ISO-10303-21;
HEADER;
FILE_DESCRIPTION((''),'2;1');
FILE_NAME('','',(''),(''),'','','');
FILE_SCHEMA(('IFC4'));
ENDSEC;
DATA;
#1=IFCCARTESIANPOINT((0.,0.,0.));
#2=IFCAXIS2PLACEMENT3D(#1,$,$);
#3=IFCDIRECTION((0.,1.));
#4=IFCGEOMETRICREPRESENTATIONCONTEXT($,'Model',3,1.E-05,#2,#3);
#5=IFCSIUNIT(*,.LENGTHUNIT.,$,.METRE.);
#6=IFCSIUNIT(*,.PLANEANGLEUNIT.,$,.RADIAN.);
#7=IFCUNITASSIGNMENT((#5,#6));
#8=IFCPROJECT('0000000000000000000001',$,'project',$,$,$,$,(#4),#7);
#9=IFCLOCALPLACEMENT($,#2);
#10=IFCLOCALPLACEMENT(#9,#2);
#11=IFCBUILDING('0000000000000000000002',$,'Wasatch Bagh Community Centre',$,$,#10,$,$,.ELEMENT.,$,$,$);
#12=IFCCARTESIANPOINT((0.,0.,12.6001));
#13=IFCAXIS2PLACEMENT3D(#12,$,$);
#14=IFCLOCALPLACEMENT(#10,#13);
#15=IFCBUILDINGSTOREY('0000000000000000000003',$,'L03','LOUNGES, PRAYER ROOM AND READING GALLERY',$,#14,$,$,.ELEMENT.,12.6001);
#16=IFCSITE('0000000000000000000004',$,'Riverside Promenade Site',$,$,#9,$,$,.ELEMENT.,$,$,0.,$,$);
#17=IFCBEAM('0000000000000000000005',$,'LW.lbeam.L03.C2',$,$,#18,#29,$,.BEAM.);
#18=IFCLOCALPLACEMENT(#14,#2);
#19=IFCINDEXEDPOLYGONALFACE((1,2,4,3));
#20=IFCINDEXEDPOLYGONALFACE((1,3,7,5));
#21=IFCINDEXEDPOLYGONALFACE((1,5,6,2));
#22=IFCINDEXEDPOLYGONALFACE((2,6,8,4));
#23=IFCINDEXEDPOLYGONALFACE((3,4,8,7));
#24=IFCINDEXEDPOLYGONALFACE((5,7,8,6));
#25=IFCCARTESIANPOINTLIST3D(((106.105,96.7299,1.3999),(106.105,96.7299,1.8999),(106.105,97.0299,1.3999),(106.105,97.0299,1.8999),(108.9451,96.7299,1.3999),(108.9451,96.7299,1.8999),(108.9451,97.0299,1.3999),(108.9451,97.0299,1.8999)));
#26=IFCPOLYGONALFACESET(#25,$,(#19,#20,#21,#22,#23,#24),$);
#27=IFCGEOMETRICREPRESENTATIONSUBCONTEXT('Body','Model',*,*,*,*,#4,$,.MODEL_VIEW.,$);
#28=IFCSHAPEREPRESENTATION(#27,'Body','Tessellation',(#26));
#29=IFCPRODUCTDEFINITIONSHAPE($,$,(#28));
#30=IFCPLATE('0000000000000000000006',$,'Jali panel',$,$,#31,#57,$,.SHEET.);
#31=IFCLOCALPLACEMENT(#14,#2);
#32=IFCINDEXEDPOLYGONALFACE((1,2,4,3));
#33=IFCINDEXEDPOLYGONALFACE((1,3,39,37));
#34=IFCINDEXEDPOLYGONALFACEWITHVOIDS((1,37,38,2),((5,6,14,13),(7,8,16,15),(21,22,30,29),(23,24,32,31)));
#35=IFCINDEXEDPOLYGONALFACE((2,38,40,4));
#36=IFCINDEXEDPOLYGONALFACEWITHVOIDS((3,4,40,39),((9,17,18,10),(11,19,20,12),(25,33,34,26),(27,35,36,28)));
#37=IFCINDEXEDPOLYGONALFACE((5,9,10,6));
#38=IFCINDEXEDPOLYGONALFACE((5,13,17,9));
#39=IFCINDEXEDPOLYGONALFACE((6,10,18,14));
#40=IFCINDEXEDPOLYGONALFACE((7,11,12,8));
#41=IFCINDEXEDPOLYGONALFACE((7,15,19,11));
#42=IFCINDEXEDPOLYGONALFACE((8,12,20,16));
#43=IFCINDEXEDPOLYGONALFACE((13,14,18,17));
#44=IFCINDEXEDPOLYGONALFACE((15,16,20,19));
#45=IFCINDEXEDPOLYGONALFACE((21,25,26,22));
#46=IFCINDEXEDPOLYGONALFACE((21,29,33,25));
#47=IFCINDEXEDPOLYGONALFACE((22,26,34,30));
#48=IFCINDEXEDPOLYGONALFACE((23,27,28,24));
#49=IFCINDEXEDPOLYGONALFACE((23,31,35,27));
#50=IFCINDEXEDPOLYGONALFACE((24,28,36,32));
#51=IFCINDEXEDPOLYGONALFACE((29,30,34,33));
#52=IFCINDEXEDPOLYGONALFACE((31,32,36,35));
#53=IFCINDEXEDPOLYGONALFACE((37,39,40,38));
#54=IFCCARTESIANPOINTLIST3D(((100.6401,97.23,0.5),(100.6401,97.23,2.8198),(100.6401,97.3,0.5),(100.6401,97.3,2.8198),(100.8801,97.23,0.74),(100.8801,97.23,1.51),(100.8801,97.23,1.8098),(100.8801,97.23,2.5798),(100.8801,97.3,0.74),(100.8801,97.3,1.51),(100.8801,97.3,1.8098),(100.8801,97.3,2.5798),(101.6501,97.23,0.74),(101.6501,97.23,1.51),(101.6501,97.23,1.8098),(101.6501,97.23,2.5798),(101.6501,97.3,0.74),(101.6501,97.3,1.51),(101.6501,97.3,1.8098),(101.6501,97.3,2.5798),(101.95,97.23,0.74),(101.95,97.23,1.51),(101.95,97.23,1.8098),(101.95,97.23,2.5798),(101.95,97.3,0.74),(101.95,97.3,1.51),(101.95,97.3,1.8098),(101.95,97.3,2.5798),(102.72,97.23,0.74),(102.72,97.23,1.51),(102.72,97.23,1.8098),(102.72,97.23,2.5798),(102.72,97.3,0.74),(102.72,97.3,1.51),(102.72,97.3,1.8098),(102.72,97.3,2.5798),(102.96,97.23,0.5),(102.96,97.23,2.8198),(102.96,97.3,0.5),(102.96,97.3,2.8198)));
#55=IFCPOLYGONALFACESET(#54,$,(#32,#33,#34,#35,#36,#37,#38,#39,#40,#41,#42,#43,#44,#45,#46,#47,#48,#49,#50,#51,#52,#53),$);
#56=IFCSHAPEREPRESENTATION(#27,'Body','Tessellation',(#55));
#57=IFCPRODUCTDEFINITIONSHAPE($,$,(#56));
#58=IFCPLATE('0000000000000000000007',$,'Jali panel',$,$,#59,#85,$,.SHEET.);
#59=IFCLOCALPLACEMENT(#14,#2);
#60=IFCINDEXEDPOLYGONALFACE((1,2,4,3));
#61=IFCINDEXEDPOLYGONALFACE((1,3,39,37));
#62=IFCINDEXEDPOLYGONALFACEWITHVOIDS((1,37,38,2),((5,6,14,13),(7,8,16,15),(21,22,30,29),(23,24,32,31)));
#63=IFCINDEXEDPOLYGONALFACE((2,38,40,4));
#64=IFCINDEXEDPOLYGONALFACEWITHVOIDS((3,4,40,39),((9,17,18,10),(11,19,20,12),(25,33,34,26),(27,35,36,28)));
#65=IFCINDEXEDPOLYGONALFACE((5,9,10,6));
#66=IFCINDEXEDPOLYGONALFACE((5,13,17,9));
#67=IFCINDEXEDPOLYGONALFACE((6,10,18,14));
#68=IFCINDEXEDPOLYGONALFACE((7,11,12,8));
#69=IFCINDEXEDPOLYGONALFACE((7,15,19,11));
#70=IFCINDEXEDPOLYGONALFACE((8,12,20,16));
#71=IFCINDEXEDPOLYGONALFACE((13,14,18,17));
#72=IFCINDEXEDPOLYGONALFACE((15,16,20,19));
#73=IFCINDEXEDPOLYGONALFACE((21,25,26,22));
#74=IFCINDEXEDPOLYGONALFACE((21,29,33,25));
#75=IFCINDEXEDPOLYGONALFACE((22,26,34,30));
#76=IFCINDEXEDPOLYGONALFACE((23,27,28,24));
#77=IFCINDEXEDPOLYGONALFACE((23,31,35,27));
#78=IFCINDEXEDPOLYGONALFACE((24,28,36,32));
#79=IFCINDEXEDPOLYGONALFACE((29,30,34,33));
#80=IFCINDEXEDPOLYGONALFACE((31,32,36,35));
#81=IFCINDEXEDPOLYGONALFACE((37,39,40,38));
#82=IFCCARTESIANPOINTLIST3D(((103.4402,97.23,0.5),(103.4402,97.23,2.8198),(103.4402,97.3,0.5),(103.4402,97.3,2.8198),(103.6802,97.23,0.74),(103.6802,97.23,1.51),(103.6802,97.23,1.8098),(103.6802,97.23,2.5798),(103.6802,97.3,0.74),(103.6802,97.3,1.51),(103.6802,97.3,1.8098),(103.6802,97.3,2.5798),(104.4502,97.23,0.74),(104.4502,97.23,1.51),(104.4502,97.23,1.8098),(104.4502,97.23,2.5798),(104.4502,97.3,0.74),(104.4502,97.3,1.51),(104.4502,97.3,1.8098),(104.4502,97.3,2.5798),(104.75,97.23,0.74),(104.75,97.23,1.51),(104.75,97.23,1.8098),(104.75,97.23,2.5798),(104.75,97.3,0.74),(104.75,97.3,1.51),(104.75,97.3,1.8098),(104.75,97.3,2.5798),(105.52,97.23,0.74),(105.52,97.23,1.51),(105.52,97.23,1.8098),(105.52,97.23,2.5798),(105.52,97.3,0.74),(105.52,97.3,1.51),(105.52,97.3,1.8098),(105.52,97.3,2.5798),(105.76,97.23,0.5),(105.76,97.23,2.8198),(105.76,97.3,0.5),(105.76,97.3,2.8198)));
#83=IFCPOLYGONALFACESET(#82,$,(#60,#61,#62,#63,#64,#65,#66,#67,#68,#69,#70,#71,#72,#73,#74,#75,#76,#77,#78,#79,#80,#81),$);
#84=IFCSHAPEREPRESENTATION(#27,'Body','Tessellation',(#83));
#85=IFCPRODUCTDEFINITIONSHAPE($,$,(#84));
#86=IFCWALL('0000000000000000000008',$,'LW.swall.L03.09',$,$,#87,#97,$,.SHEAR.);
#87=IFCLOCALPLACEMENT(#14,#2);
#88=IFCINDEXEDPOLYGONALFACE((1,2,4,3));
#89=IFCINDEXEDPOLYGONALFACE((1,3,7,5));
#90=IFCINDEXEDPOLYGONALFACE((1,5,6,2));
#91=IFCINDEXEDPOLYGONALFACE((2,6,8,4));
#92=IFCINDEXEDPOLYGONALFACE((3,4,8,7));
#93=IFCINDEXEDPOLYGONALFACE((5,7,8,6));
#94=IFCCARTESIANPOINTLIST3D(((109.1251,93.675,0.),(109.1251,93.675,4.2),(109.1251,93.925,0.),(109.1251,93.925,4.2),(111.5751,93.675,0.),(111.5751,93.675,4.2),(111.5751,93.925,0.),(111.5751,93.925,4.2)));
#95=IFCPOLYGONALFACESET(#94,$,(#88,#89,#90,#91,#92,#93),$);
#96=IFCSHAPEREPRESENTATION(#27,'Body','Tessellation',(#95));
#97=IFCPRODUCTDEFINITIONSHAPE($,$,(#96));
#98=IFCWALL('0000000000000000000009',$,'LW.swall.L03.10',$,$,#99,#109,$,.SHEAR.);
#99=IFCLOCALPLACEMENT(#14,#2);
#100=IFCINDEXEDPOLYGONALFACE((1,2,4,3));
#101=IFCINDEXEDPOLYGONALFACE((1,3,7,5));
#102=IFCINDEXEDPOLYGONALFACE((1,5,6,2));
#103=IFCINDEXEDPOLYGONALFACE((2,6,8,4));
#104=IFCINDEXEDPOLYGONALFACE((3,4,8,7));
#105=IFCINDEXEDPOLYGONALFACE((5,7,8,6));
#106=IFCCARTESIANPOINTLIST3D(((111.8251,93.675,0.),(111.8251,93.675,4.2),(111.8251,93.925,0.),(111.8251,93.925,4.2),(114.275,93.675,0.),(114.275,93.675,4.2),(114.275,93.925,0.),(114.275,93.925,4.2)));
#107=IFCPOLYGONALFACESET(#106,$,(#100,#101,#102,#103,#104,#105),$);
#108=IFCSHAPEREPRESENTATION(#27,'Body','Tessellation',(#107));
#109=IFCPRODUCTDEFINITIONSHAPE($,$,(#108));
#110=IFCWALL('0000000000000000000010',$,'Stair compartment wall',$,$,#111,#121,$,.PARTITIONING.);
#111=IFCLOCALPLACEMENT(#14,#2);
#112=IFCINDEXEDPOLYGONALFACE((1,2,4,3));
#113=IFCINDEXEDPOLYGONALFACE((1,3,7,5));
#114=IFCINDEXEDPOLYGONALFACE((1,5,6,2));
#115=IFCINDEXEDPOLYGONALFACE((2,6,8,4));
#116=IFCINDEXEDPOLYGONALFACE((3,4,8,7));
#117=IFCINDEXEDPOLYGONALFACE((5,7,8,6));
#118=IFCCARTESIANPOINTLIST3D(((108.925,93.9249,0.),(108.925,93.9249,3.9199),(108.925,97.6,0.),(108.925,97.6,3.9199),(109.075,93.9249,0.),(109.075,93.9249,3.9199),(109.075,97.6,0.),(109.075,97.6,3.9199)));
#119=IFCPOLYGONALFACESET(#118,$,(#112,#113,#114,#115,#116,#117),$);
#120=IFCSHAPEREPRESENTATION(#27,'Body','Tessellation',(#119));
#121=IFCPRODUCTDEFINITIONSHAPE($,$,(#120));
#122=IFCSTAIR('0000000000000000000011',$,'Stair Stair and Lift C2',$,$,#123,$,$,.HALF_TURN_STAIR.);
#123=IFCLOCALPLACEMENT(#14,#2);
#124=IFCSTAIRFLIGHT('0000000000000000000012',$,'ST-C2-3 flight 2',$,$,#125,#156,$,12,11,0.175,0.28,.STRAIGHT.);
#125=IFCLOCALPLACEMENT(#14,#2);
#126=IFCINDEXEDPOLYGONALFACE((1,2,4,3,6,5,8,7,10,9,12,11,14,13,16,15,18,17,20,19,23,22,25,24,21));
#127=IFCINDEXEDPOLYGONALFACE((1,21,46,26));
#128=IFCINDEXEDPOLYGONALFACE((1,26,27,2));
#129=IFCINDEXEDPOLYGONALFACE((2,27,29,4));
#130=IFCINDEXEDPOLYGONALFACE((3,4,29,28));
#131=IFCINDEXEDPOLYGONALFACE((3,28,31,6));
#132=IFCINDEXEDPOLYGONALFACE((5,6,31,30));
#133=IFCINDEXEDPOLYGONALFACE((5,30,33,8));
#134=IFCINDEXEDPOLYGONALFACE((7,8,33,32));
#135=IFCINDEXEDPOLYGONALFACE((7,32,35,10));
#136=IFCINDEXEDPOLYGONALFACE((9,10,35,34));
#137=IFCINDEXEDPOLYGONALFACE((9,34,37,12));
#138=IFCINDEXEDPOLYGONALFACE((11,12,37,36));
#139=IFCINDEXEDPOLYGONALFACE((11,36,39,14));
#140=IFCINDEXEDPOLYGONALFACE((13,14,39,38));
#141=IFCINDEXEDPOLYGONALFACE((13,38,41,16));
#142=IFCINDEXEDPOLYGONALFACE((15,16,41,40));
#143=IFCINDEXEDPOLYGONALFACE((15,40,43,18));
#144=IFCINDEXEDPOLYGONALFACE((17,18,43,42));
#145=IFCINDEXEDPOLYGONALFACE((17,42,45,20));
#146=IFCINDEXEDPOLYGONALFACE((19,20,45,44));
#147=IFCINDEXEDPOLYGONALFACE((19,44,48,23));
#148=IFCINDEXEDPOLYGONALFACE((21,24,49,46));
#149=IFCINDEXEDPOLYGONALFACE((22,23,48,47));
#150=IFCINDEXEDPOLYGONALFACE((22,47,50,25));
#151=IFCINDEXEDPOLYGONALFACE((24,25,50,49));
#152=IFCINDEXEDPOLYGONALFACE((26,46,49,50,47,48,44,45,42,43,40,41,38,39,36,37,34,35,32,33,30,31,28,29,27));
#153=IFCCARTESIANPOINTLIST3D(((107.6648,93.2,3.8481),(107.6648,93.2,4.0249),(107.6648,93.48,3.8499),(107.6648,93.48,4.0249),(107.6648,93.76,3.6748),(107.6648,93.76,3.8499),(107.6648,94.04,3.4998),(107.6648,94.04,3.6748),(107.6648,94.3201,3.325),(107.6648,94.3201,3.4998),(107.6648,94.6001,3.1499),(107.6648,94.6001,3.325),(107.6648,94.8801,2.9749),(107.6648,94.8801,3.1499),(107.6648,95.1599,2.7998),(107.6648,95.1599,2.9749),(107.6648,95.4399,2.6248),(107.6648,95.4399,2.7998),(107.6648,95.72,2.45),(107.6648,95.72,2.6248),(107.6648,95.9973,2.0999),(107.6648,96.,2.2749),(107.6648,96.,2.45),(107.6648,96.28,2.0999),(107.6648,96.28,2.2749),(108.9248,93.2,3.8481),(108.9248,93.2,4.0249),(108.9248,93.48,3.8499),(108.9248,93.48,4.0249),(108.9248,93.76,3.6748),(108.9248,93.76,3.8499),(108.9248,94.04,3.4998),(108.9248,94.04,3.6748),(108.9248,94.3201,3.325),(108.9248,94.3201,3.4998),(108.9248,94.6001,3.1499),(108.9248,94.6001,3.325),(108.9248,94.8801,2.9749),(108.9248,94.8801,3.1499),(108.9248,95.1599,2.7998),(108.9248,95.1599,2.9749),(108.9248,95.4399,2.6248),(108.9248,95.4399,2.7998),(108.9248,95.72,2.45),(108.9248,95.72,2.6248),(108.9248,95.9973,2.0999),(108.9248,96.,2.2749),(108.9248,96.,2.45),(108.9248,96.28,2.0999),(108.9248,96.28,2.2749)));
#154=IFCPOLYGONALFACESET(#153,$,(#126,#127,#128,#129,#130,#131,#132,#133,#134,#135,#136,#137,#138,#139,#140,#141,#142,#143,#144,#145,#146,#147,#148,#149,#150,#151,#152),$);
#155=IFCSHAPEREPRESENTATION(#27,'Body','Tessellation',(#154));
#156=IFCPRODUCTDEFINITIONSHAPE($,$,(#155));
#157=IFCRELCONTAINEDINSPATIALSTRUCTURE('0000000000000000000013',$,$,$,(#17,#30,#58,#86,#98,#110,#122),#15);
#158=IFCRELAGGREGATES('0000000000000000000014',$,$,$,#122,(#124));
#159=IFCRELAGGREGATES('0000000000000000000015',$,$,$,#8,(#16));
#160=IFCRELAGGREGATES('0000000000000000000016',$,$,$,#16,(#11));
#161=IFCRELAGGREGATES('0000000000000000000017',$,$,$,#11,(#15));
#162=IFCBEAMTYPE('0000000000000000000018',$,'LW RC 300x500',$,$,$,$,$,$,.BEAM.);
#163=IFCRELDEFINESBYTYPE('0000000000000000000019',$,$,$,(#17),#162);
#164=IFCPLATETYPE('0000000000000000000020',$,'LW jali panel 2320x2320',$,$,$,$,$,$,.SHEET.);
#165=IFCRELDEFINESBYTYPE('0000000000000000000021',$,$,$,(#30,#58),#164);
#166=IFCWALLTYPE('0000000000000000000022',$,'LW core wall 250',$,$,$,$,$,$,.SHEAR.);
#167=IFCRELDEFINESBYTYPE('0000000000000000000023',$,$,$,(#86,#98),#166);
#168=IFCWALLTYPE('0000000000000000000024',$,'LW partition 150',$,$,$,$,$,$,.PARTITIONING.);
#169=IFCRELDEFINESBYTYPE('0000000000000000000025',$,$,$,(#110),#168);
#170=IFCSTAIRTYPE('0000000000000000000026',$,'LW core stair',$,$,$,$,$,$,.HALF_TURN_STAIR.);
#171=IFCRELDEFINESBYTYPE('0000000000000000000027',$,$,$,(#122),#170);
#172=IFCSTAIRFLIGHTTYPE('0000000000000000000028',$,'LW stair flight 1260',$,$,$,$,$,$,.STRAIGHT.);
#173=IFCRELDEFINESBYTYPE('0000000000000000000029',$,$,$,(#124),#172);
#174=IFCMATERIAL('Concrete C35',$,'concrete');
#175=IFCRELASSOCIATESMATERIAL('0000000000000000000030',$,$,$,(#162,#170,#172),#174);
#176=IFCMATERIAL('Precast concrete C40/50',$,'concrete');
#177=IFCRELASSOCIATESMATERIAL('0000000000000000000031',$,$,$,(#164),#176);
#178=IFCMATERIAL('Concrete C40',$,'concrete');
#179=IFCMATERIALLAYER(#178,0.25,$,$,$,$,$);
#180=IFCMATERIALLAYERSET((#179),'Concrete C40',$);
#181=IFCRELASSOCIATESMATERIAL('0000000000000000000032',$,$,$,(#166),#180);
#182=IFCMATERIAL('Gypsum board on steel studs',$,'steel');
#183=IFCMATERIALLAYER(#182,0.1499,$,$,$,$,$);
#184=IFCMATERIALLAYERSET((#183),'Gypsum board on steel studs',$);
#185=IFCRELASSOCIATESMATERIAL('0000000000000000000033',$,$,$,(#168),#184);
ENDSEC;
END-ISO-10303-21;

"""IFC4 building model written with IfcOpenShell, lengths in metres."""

from ifc_helpers import new_model, si_unit, direction, frame, frame_2d, origin, origin_2d, place, context, subcontext, project, spatial, polyline, rectangle, outline, extrude, material, layer, layer_set, material_profile, profile_set, type_object, element, aggregate, save


model = new_model("IFC4")

# Units and contexts
model_context = context("Model", 3, precision=1e-05, world=origin(), true_north=direction((0.0, 1.0)))
body_context = subcontext(model_context, "Body", "Model", "MODEL_VIEW")
ifc_project = project(units=[si_unit("LENGTHUNIT", "METRE"), si_unit("PLANEANGLEUNIT", "RADIAN")], contexts=[model_context])

# Site, building, storey
site_placement = place(None, origin())
site = spatial("IfcSite", under=ifc_project, at=site_placement, Name="Riverside Promenade Site", CompositionType="ELEMENT", RefElevation=0.0)
building_placement = place(site_placement, origin())
building = spatial("IfcBuilding", under=site, at=building_placement, Name="Wasatch Bagh Community Centre", CompositionType="ELEMENT")
storey_placement = place(building_placement, frame((0.0, 0.0, 12.6001)))
storey = spatial("IfcBuildingStorey", under=building, at=storey_placement, Name="L03", Description="LOUNGES, PRAYER ROOM AND READING GALLERY", CompositionType="ELEMENT", Elevation=12.6001)

# Beam
ifc_material_1 = material(Name="Concrete C35", Category="concrete")
ifc_material_profile_1 = material_profile(ifc_material_1, rectangle(XDim=0.3, YDim=0.5, at=origin_2d()), Name="RC 300x500")
ifc_profile_set_1 = profile_set([ifc_material_profile_1], Name="Concrete C35")
beam_type = type_object("IfcBeamType", Name="LW RC 300x500", PredefinedType="BEAM", material=ifc_profile_set_1)
beam_placement = place(storey_placement, frame((106.105, 96.8799, 1.6499), z_axis=(1.0, 0.0, 0.0), x_axis=(0.0, 1.0, 0.0)))
element("IfcBeam", 1, at=beam_placement, inside=storey, type_object=beam_type, Name="LW.lbeam.L03.C2", PredefinedType="BEAM", context=body_context, shape_type="SweptSolid", body=[
    extrude(rectangle(XDim=0.3, YDim=0.5, at=origin_2d()), origin(), (0.0, 0.0, 1.0), 2.8401),
])

# Plates
ifc_material_2 = material(Name="Precast concrete C40/50", Category="concrete")
ifc_material_profile_2 = material_profile(ifc_material_2, outline(polyline([(-1.1599, -1.1599), (1.1599, -1.1599), (1.1599, 1.1599), (-1.1599, 1.1599), (-1.1599, -1.1599)]), holes=[polyline([(-0.9199, -0.9199), (-0.1499, -0.9199), (-0.1499, -0.1499), (-0.9199, -0.1499), (-0.9199, -0.9199)]), polyline([(-0.9199, 0.1499), (-0.1499, 0.1499), (-0.1499, 0.9199), (-0.9199, 0.9199), (-0.9199, 0.1499)]), polyline([(0.1499, -0.9199), (0.9199, -0.9199), (0.9199, -0.1499), (0.1499, -0.1499), (0.1499, -0.9199)]), polyline([(0.1499, 0.1499), (0.9199, 0.1499), (0.9199, 0.9199), (0.1499, 0.9199), (0.1499, 0.1499)])]), Name="Jali lattice")
ifc_profile_set_2 = profile_set([ifc_material_profile_2], Name="Precast concrete C40/50")
plate_type = type_object("IfcPlateType", Name="LW jali panel 2320x2320", PredefinedType="SHEET", material=ifc_profile_set_2)
for number, where, z_axis, x_axis, name in (
    (2, (101.8, 97.3, 1.6599), (0.0, -1.0, 0.0), (1.0, 0.0, 0.0), "Jali panel"),
    (3, (104.6001, 97.3, 1.6599), (0.0, -1.0, 0.0), (1.0, 0.0, 0.0), "Jali panel"),
):
    element("IfcPlate", number, at=place(storey_placement, frame(where, z_axis=z_axis, x_axis=x_axis)), inside=storey, type_object=plate_type, Name=name, PredefinedType="SHEET", context=body_context, shape_type="SweptSolid", body=[
        extrude(outline(polyline([(-1.1599, -1.1599), (1.1599, -1.1599), (1.1599, 1.1599), (-1.1599, 1.1599), (-1.1599, -1.1599)]), holes=[polyline([(-0.9199, -0.9199), (-0.1499, -0.9199), (-0.1499, -0.1499), (-0.9199, -0.1499), (-0.9199, -0.9199)]), polyline([(-0.9199, 0.1499), (-0.1499, 0.1499), (-0.1499, 0.9199), (-0.9199, 0.9199), (-0.9199, 0.1499)]), polyline([(0.1499, -0.9199), (0.9199, -0.9199), (0.9199, -0.1499), (0.1499, -0.1499), (0.1499, -0.9199)]), polyline([(0.1499, 0.1499), (0.9199, 0.1499), (0.9199, 0.9199), (0.1499, 0.9199), (0.1499, 0.1499)])]), origin(), (0.0, 0.0, 1.0), 0.0701),
    ])

# Walls
ifc_material_3 = material(Name="Concrete C40", Category="concrete")
ifc_layer_1 = layer(ifc_material_3, 0.25)
ifc_layer_set_1 = layer_set([ifc_layer_1], Name="Concrete C40")
wall_type_1 = type_object("IfcWallType", Name="LW core wall 250", PredefinedType="SHEAR", material=ifc_layer_set_1)
for number, where, z_axis, x_axis, name in (
    (4, (109.125, 93.8, 0.0), (0.0, 0.0, 1.0), (1.0, 0.0, 0.0), "LW.swall.L03.09"),
    (5, (111.825, 93.8, 0.0), (0.0, 0.0, 1.0), (1.0, 0.0, 0.0), "LW.swall.L03.10"),
):
    element("IfcWall", number, at=place(storey_placement, frame(where, z_axis=z_axis, x_axis=x_axis)), inside=storey, type_object=wall_type_1, Name=name, PredefinedType="SHEAR", context=body_context, shape_type="SweptSolid", body=[
        extrude(rectangle(XDim=2.45, YDim=0.25, at=frame_2d((1.2251, 0.0))), origin(), (0.0, 0.0, 1.0), 4.2),
    ])
ifc_material_4 = material(Name="Gypsum board on steel studs", Category="steel")
ifc_layer_2 = layer(ifc_material_4, 0.1499)
ifc_layer_set_2 = layer_set([ifc_layer_2], Name="Gypsum board on steel studs")
wall_type_2 = type_object("IfcWallType", Name="LW partition 150", PredefinedType="PARTITIONING", material=ifc_layer_set_2)
wall_placement = place(storey_placement, frame((109.0, 93.925, 0.0), z_axis=(0.0, 0.0, 1.0), x_axis=(0.0, 1.0, 0.0)))
element("IfcWall", 6, at=wall_placement, inside=storey, type_object=wall_type_2, Name="Stair compartment wall", PredefinedType="PARTITIONING", context=body_context, shape_type="SweptSolid", body=[
    extrude(rectangle(XDim=3.675, YDim=0.1499, at=frame_2d((1.8374, 0.0))), origin(), (0.0, 0.0, 1.0), 3.9199),
])

# Stair, stair flight
stair_type = type_object("IfcStairType", Name="LW core stair", PredefinedType="HALF_TURN_STAIR", material=ifc_material_1)
stair_placement = place(storey_placement, origin())
stair = element("IfcStair", 7, at=stair_placement, inside=storey, type_object=stair_type, Name="Stair Stair and Lift C2", PredefinedType="HALF_TURN_STAIR")
stair_flight_type = type_object("IfcStairFlightType", Name="LW stair flight 1260", PredefinedType="STRAIGHT", material=ifc_material_1)
stair_flight_placement = place(storey_placement, frame((108.2949, 96.28, 2.0999), z_axis=(0.0, 0.0, 1.0), x_axis=(0.0, -1.0, 0.0)))
stair_flight = element("IfcStairFlight", 8, at=stair_flight_placement, type_object=stair_flight_type, Name="ST-C2-3 flight 2", NumberOfRisers=12, NumberOfTreads=11, PredefinedType="STRAIGHT", RiserHeight=0.175, TreadLength=0.28, context=body_context, shape_type="SweptSolid", body=[
    extrude(outline(polyline([(0.0, 0.0), (0.0, 0.175), (0.28, 0.175), (0.28, 0.3501), (0.5601, 0.3501), (0.5601, 0.5249), (0.8401, 0.5249), (0.8401, 0.7), (1.1201, 0.7), (1.1201, 0.875), (1.3999, 0.875), (1.3999, 1.05), (1.6799, 1.05), (1.6799, 1.2251), (1.96, 1.2251), (1.96, 1.3999), (2.24, 1.3999), (2.24, 1.575), (2.52, 1.575), (2.52, 1.75), (2.8, 1.75), (2.8, 1.925), (3.0801, 1.925), (3.0801, 2.1001), (3.0801, 1.7483), (0.2827, 0.0), (0.0, 0.0)])), frame((0.0, 0.6299, 0.0), z_axis=(0.0, -1.0, 0.0), x_axis=(1.0, 0.0, 0.0)), (0.0, 0.0, 1.0), 1.26),
])
aggregate(stair, [stair_flight])

save(model, "model.ifc")
